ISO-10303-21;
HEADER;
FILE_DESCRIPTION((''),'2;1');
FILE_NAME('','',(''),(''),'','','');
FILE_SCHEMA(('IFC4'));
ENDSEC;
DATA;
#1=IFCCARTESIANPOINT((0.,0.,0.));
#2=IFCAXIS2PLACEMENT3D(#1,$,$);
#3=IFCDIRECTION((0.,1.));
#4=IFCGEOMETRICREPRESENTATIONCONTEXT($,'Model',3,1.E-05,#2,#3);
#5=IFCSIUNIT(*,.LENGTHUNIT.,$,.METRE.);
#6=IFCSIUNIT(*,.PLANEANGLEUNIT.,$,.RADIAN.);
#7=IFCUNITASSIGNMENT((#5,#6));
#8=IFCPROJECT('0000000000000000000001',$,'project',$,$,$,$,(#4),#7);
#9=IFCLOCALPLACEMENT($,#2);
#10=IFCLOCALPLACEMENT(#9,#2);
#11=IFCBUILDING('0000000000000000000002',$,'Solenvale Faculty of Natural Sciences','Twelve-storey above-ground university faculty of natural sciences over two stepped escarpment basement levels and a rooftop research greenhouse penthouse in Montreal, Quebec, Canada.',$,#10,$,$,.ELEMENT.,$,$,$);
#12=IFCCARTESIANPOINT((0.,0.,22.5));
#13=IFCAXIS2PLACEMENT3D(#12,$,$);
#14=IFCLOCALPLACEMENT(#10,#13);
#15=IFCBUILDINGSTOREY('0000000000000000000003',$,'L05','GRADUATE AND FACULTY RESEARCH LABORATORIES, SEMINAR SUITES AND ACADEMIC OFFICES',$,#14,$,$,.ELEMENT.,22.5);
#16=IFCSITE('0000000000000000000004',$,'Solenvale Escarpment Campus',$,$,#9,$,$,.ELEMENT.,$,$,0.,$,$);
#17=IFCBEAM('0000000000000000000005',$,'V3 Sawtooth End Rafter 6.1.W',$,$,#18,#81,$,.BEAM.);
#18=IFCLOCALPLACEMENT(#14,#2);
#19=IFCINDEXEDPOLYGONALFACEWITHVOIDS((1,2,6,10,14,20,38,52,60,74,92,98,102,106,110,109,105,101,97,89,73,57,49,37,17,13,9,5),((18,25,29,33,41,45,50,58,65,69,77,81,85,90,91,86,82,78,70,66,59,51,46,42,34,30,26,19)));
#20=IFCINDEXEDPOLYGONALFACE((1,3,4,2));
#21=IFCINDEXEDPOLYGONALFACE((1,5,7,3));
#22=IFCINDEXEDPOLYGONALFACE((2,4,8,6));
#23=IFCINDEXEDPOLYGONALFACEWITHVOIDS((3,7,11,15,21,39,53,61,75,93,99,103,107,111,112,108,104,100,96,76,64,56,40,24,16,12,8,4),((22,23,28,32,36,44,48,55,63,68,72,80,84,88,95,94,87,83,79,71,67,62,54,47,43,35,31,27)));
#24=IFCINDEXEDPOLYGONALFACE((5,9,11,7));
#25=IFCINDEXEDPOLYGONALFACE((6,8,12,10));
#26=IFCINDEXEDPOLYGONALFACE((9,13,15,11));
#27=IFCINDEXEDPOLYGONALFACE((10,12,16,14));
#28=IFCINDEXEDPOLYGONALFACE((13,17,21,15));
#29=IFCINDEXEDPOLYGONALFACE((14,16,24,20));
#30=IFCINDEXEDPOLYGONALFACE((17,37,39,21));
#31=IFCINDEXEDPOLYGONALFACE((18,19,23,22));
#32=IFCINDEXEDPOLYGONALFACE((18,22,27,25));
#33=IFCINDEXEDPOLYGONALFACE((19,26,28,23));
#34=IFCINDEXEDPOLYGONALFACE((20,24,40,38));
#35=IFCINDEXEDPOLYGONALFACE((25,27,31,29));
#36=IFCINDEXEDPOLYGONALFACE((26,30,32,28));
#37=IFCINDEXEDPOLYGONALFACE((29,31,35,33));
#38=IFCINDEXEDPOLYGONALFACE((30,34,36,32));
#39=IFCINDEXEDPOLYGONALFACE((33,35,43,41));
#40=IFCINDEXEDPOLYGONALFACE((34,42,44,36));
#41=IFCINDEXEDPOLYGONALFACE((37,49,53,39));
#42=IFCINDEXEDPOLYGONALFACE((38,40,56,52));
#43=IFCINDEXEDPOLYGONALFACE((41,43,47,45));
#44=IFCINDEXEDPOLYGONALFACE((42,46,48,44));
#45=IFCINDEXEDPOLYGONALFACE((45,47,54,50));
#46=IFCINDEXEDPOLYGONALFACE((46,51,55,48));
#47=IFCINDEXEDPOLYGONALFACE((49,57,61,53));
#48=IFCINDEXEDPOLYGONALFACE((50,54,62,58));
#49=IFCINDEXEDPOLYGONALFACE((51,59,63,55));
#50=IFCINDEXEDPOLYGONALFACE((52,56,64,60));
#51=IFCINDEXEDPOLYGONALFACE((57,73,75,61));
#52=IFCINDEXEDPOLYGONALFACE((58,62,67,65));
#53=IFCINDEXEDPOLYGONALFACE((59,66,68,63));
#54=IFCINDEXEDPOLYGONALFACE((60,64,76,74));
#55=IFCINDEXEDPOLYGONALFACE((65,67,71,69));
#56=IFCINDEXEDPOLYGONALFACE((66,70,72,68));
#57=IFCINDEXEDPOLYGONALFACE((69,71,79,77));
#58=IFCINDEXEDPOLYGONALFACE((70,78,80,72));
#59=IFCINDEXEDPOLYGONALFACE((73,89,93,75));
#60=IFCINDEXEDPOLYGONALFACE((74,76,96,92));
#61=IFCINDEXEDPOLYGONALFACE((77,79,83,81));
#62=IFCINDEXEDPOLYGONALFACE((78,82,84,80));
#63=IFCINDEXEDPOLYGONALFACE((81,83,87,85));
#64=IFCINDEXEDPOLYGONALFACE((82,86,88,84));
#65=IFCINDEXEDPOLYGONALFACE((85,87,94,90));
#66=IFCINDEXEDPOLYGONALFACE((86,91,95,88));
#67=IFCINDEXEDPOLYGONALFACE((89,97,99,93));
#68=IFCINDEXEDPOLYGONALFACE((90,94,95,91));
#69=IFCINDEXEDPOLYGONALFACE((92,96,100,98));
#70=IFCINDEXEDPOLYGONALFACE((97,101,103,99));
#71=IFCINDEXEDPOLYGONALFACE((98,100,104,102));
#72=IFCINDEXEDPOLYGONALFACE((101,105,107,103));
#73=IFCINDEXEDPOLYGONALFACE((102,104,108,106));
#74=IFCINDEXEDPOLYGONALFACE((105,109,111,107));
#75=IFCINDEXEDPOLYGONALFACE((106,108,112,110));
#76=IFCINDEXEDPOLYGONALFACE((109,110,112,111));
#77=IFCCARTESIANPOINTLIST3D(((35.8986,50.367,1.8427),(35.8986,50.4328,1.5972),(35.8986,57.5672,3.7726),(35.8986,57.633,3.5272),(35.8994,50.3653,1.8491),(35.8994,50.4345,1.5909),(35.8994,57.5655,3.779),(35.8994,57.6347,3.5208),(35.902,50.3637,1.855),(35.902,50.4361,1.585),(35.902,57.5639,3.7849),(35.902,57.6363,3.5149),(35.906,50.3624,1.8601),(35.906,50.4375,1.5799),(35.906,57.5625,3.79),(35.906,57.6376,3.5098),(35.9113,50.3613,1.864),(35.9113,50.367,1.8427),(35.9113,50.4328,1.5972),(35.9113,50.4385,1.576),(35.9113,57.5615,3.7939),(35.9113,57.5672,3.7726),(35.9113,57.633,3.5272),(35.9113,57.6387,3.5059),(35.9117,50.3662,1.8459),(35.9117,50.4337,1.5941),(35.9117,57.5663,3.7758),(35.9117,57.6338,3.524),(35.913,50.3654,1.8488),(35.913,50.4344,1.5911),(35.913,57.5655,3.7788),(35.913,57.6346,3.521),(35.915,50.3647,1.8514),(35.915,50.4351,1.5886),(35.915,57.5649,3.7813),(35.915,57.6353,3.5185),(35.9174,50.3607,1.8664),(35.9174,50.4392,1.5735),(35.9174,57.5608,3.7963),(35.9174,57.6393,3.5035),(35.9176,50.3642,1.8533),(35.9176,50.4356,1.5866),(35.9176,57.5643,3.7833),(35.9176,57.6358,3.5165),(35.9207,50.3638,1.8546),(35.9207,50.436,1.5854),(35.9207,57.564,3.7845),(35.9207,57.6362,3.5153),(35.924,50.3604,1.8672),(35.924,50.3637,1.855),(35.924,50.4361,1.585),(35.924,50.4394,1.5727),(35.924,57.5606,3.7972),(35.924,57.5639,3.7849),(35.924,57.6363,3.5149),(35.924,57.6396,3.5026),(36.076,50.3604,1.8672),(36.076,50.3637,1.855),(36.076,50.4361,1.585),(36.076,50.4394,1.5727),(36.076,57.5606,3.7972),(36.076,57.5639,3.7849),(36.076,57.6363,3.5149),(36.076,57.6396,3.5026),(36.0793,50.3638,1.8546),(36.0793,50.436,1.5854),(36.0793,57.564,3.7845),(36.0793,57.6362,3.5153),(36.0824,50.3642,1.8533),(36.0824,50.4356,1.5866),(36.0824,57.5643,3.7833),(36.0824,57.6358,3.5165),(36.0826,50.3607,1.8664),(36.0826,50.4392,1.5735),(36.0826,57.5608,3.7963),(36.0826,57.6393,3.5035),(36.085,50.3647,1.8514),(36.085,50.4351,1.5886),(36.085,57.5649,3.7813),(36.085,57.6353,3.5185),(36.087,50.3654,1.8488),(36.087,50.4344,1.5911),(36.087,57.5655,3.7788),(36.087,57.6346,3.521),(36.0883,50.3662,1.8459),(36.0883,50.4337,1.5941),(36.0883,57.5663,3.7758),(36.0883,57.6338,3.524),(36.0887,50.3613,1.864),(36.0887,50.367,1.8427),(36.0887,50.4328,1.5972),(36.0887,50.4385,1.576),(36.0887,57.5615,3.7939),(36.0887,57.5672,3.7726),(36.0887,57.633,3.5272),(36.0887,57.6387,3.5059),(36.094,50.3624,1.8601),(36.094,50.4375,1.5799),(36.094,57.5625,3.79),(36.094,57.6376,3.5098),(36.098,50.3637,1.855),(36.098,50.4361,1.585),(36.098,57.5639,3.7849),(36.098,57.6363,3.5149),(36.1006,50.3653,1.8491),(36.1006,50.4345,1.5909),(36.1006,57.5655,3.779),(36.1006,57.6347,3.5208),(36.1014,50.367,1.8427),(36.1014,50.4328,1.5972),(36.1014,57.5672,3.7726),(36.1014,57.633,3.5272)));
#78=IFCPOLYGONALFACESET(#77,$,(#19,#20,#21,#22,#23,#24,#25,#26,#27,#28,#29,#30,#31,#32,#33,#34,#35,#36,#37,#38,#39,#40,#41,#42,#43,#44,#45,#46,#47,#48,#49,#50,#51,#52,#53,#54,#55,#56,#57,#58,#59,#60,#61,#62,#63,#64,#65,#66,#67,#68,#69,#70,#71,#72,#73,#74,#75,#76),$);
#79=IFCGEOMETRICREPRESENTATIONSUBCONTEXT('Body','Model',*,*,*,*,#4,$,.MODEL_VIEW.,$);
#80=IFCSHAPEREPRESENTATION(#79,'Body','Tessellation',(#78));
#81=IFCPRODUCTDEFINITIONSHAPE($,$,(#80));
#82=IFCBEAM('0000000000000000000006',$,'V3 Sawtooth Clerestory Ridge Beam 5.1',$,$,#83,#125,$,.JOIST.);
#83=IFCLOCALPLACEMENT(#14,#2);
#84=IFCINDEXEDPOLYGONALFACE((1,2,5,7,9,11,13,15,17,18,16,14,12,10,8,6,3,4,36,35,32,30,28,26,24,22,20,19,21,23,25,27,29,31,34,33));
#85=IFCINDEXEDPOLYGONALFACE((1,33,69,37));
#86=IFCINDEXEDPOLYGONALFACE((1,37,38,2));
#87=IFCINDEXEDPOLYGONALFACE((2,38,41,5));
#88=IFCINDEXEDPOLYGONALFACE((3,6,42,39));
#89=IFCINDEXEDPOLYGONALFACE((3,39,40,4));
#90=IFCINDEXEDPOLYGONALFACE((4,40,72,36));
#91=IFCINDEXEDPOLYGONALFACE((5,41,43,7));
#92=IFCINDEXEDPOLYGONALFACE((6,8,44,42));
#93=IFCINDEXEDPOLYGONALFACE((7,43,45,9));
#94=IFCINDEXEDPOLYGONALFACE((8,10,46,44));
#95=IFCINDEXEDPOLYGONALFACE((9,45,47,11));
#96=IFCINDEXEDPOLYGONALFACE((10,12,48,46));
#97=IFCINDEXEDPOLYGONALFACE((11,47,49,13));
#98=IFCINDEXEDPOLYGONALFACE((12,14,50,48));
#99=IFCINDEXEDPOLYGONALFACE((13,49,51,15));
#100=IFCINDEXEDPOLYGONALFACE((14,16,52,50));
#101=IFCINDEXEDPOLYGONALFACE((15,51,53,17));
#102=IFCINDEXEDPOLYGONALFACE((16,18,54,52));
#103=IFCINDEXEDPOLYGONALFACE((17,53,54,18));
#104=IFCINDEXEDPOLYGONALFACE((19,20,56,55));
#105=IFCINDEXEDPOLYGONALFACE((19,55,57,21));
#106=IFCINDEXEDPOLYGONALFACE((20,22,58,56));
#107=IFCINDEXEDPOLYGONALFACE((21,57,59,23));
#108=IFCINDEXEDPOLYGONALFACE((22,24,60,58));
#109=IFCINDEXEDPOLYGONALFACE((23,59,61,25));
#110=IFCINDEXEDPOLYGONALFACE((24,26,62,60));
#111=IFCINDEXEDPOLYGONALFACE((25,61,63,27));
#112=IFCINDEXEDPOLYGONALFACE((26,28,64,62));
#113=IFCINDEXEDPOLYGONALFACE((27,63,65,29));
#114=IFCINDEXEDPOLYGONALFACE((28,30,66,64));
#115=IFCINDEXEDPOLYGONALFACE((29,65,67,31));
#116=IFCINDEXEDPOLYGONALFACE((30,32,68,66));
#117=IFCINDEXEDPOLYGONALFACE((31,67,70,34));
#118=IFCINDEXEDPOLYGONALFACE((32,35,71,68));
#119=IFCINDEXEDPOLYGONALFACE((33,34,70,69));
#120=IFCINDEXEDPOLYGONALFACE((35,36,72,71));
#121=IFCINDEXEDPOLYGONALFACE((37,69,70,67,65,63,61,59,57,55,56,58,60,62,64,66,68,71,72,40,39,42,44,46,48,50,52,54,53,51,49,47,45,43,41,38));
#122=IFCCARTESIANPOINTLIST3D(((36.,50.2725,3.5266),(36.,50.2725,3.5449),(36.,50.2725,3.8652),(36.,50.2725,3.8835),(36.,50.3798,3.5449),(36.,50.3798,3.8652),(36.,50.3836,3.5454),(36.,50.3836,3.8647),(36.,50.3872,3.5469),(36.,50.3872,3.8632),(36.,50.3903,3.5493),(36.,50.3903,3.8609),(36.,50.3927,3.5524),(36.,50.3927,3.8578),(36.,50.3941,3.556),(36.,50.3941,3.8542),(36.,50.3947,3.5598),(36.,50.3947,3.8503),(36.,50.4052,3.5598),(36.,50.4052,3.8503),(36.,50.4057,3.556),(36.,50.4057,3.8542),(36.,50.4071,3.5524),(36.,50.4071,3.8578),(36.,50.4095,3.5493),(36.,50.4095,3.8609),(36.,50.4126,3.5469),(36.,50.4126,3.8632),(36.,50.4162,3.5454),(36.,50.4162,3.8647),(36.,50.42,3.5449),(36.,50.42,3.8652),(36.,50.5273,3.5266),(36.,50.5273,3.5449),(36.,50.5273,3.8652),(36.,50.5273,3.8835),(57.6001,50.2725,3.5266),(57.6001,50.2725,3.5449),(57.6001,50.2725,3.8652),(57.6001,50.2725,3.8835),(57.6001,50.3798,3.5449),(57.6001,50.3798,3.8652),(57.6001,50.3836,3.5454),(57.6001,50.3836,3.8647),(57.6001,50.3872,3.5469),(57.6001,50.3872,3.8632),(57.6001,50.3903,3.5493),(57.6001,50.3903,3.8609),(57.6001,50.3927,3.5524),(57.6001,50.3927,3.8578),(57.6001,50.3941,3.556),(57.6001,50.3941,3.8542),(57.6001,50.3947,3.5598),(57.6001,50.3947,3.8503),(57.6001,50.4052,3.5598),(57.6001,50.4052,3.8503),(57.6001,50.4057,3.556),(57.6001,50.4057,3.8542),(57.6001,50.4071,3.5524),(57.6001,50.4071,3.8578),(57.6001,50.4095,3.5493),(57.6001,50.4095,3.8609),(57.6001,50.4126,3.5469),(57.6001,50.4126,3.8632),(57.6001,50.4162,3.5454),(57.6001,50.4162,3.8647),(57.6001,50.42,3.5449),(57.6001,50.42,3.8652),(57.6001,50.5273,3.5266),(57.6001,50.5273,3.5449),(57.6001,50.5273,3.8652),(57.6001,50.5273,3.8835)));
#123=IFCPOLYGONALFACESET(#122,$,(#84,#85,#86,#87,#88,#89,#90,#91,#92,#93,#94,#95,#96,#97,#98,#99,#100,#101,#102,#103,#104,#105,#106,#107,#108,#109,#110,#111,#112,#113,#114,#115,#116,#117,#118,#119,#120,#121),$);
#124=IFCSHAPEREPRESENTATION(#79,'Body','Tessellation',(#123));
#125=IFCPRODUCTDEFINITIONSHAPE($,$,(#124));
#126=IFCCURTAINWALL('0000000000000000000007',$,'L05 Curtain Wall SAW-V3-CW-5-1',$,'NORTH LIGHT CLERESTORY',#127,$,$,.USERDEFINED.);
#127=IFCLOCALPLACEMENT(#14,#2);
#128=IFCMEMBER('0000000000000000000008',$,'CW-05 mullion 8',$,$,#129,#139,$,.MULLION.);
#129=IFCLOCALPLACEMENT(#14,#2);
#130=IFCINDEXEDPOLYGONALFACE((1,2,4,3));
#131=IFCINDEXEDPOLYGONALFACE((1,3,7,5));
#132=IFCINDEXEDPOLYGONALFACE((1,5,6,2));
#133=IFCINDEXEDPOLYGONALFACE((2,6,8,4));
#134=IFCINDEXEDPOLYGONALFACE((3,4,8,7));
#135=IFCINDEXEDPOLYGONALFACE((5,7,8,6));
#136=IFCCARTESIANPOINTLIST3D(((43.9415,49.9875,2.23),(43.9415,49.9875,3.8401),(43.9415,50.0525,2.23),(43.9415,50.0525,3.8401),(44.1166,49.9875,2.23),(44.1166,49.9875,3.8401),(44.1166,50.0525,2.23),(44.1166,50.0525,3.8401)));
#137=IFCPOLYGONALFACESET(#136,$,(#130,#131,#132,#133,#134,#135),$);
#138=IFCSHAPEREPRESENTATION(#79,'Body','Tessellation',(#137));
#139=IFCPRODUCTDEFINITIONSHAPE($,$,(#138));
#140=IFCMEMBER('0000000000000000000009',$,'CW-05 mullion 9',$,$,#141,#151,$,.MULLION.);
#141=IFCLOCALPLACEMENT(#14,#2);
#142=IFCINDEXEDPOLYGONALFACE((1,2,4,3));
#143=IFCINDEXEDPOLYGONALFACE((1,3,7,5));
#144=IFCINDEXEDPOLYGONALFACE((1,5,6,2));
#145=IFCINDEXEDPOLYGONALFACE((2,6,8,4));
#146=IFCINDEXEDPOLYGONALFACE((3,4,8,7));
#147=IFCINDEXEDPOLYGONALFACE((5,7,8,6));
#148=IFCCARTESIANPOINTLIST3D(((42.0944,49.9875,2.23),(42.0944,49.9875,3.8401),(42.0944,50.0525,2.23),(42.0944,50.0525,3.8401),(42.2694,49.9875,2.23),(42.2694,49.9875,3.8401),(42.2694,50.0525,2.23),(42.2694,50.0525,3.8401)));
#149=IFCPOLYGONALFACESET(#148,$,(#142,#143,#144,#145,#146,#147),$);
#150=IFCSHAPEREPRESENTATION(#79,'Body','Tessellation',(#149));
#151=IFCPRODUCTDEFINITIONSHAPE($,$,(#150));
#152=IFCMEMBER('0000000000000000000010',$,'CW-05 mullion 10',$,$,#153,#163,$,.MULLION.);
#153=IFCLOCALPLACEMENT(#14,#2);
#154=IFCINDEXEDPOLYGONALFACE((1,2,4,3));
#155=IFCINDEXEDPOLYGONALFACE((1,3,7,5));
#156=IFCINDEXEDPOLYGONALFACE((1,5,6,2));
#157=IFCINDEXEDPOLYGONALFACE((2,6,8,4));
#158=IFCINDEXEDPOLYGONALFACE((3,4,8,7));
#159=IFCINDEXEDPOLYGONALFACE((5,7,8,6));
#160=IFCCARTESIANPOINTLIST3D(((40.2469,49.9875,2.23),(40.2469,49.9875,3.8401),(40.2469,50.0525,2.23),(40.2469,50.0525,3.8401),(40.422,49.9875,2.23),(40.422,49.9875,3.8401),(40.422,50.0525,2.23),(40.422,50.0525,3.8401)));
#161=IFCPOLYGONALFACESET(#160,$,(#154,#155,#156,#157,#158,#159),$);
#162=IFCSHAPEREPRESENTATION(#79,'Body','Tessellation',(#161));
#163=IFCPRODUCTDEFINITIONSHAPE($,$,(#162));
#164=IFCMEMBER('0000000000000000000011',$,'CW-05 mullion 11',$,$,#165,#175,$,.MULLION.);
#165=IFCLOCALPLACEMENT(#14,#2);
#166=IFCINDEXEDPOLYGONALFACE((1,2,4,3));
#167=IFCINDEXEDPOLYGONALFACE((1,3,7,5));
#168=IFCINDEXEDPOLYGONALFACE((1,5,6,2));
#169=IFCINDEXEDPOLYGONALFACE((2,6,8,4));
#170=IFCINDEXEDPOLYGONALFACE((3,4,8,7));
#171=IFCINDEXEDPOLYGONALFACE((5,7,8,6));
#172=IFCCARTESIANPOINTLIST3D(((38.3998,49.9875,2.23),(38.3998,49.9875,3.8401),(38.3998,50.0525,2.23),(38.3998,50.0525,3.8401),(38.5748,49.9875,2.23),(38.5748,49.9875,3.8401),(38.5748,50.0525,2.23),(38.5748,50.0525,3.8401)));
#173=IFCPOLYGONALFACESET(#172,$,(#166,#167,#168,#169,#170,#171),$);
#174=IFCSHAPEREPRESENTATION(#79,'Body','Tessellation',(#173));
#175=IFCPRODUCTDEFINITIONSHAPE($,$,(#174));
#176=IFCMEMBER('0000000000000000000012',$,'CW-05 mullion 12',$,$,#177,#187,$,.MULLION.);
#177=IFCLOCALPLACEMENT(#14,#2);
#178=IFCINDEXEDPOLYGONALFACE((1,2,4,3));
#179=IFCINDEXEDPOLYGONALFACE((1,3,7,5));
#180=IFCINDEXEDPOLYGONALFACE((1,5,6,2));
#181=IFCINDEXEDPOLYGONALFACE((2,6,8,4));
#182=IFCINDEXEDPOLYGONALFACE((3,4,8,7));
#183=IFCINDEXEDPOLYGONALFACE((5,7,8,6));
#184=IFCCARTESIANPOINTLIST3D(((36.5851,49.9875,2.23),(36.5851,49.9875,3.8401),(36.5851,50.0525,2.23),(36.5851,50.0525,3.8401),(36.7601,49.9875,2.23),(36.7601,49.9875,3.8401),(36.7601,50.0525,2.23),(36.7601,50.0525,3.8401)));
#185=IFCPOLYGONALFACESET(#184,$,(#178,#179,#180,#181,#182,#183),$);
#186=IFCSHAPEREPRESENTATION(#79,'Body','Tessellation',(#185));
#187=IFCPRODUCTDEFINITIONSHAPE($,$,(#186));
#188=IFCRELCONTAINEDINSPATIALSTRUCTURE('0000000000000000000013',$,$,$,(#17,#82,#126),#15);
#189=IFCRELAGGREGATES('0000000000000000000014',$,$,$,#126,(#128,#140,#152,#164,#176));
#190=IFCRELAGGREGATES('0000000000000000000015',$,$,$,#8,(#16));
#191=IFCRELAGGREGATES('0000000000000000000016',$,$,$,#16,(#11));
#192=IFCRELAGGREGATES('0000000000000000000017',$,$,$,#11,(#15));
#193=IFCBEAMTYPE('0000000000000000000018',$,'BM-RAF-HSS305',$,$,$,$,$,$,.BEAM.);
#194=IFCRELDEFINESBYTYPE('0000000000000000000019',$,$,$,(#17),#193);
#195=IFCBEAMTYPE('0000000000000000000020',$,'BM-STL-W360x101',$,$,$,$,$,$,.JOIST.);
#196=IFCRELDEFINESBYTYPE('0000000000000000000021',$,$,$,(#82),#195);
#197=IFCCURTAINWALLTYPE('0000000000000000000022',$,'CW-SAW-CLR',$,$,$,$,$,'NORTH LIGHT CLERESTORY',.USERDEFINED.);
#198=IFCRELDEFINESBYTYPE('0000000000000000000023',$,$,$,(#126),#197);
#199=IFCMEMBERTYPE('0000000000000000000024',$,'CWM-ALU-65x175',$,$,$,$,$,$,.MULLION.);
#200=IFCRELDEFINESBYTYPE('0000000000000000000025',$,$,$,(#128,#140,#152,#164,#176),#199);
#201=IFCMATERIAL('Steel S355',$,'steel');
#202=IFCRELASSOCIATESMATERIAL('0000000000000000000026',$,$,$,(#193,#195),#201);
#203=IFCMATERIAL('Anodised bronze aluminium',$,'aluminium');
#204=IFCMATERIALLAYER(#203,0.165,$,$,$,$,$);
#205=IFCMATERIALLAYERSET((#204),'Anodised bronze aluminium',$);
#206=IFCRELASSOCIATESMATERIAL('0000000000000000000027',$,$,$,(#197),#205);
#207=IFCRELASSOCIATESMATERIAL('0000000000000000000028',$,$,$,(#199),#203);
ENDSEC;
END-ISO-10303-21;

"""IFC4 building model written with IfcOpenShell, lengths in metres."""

from ifc_helpers import new_model, si_unit, direction, frame, origin, origin_2d, place, context, subcontext, project, spatial, rectangle, hollow_rectangle, i_section, extrude, material, layer, layer_set, material_profile, profile_set, type_object, element, aggregate, save


model = new_model("IFC4")

# Units and contexts
model_context = context("Model", 3, precision=1e-05, world=origin(), true_north=direction((0.0, 1.0)))
body_context = subcontext(model_context, "Body", "Model", "MODEL_VIEW")
ifc_project = project(units=[si_unit("LENGTHUNIT", "METRE"), si_unit("PLANEANGLEUNIT", "RADIAN")], contexts=[model_context])

# Site, building, storey
site_placement = place(None, origin())
site = spatial("IfcSite", under=ifc_project, at=site_placement, Name="Solenvale Escarpment Campus", CompositionType="ELEMENT", RefElevation=0.0)
building_placement = place(site_placement, origin())
building = spatial("IfcBuilding", under=site, at=building_placement, Name="Solenvale Faculty of Natural Sciences", Description="Twelve-storey above-ground university faculty of natural sciences over two stepped escarpment basement levels and a rooftop research greenhouse penthouse in Montreal, Quebec, Canada.", CompositionType="ELEMENT")
storey_placement = place(building_placement, frame((0.0, 0.0, 22.5)))
storey = spatial("IfcBuildingStorey", under=building, at=storey_placement, Name="L05", Description="GRADUATE AND FACULTY RESEARCH LABORATORIES, SEMINAR SUITES AND ACADEMIC OFFICES", CompositionType="ELEMENT", Elevation=22.5)

# Shared definitions
ifc_material_1 = material(Name="Steel S355", Category="steel")

# Beams
ifc_material_profile_1 = material_profile(ifc_material_1, hollow_rectangle(XDim=0.2029, YDim=0.3049, WallThickness=0.0127, InnerFilletRadius=0.0127, OuterFilletRadius=0.0254, at=origin_2d()), Name="HSS305x203x13")
ifc_profile_set_1 = profile_set([ifc_material_profile_1], Name="Steel S355")
beam_type_1 = type_object("IfcBeamType", Name="BM-RAF-HSS305", PredefinedType="BEAM", material=ifc_profile_set_1)
beam_1_placement = place(storey_placement, frame((36.0, 50.3999, 1.72), z_axis=(0.0, 0.965904, 0.2589), x_axis=(-1.0, 0.0, 0.0)))
element("IfcBeam", 1, at=beam_1_placement, inside=storey, type_object=beam_type_1, Name="V3 Sawtooth End Rafter 6.1.W", PredefinedType="BEAM", context=body_context, shape_type="SweptSolid", body=[
    extrude(hollow_rectangle(XDim=0.2029, YDim=0.3049, WallThickness=0.0127, InnerFilletRadius=0.0127, OuterFilletRadius=0.0254, at=origin_2d()), origin(), (0.0, 0.0, 1.0), 7.4543),
])
ifc_material_profile_2 = material_profile(ifc_material_1, i_section(OverallWidth=0.2549, OverallDepth=0.3569, WebThickness=0.0105, FlangeThickness=0.0183, FilletRadius=0.0149, at=origin_2d()), Name="W360x101")
ifc_profile_set_2 = profile_set([ifc_material_profile_2], Name="Steel S355")
beam_type_2 = type_object("IfcBeamType", Name="BM-STL-W360x101", PredefinedType="JOIST", material=ifc_profile_set_2)
beam_2_placement = place(storey_placement, frame((36.0, 50.3999, 3.7051), z_axis=(1.0, 0.0, 0.0), x_axis=(0.0, 1.0, 0.0)))
element("IfcBeam", 2, at=beam_2_placement, inside=storey, type_object=beam_type_2, Name="V3 Sawtooth Clerestory Ridge Beam 5.1", PredefinedType="JOIST", context=body_context, shape_type="SweptSolid", body=[
    extrude(i_section(OverallWidth=0.2549, OverallDepth=0.3569, WebThickness=0.0105, FlangeThickness=0.0183, FilletRadius=0.0149, at=origin_2d()), origin(), (0.0, 0.0, 1.0), 21.6001),
])

# Curtain wall, members
ifc_material_2 = material(Name="Anodised bronze aluminium", Category="aluminium")
ifc_layer_1 = layer(ifc_material_2, 0.165)
ifc_layer_set_1 = layer_set([ifc_layer_1], Name="Anodised bronze aluminium")
curtain_wall_type = type_object("IfcCurtainWallType", Name="CW-SAW-CLR", ElementType="NORTH LIGHT CLERESTORY", PredefinedType="USERDEFINED", material=ifc_layer_set_1)
curtain_wall_placement = place(storey_placement, origin())
curtain_wall = element("IfcCurtainWall", 3, at=curtain_wall_placement, inside=storey, type_object=curtain_wall_type, Name="L05 Curtain Wall SAW-V3-CW-5-1", ObjectType="NORTH LIGHT CLERESTORY", PredefinedType="USERDEFINED")
ifc_material_profile_3 = material_profile(ifc_material_2, rectangle(XDim=0.0649, YDim=0.175, at=origin_2d()), Name="ALU-MUL-65x175")
ifc_profile_set_3 = profile_set([ifc_material_profile_3], Name="Anodised bronze aluminium")
member_type_1 = type_object("IfcMemberType", Name="CWM-ALU-65x175", PredefinedType="MULLION", material=ifc_profile_set_3)
member_1_placement = place(storey_placement, frame((44.0291, 50.02, 2.23), z_axis=(0.0, 0.0, 1.0), x_axis=(0.0, -1.0, 0.0)))
member_1 = element("IfcMember", 4, at=member_1_placement, type_object=member_type_1, Name="CW-05 mullion 8", PredefinedType="MULLION", context=body_context, shape_type="SweptSolid", body=[
    extrude(rectangle(XDim=0.0649, YDim=0.175, at=origin_2d()), origin(), (0.0, 0.0, 1.0), 1.6101),
])
member_2_placement = place(storey_placement, frame((42.1819, 50.02, 2.23), z_axis=(0.0, 0.0, 1.0), x_axis=(0.0, -1.0, 0.0)))
member_2 = element("IfcMember", 5, at=member_2_placement, type_object=member_type_1, Name="CW-05 mullion 9", PredefinedType="MULLION", context=body_context, shape_type="SweptSolid", body=[
    extrude(rectangle(XDim=0.0649, YDim=0.175, at=origin_2d()), origin(), (0.0, 0.0, 1.0), 1.6101),
])
member_3_placement = place(storey_placement, frame((40.3345, 50.02, 2.23), z_axis=(0.0, 0.0, 1.0), x_axis=(0.0, -1.0, 0.0)))
member_3 = element("IfcMember", 6, at=member_3_placement, type_object=member_type_1, Name="CW-05 mullion 10", PredefinedType="MULLION", context=body_context, shape_type="SweptSolid", body=[
    extrude(rectangle(XDim=0.0649, YDim=0.175, at=origin_2d()), origin(), (0.0, 0.0, 1.0), 1.6101),
])
member_4_placement = place(storey_placement, frame((38.4873, 50.02, 2.23), z_axis=(0.0, 0.0, 1.0), x_axis=(0.0, -1.0, 0.0)))
member_4 = element("IfcMember", 7, at=member_4_placement, type_object=member_type_1, Name="CW-05 mullion 11", PredefinedType="MULLION", context=body_context, shape_type="SweptSolid", body=[
    extrude(rectangle(XDim=0.0649, YDim=0.175, at=origin_2d()), origin(), (0.0, 0.0, 1.0), 1.6101),
])
member_5_placement = place(storey_placement, frame((36.6726, 50.02, 2.23), z_axis=(0.0, 0.0, 1.0), x_axis=(0.0, -1.0, 0.0)))
member_5 = element("IfcMember", 8, at=member_5_placement, type_object=member_type_1, Name="CW-05 mullion 12", PredefinedType="MULLION", context=body_context, shape_type="SweptSolid", body=[
    extrude(rectangle(XDim=0.0649, YDim=0.175, at=origin_2d()), origin(), (0.0, 0.0, 1.0), 1.6101),
])

aggregate(curtain_wall, [member_1, member_2, member_3, member_4, member_5])

save(model, "model.ifc")
